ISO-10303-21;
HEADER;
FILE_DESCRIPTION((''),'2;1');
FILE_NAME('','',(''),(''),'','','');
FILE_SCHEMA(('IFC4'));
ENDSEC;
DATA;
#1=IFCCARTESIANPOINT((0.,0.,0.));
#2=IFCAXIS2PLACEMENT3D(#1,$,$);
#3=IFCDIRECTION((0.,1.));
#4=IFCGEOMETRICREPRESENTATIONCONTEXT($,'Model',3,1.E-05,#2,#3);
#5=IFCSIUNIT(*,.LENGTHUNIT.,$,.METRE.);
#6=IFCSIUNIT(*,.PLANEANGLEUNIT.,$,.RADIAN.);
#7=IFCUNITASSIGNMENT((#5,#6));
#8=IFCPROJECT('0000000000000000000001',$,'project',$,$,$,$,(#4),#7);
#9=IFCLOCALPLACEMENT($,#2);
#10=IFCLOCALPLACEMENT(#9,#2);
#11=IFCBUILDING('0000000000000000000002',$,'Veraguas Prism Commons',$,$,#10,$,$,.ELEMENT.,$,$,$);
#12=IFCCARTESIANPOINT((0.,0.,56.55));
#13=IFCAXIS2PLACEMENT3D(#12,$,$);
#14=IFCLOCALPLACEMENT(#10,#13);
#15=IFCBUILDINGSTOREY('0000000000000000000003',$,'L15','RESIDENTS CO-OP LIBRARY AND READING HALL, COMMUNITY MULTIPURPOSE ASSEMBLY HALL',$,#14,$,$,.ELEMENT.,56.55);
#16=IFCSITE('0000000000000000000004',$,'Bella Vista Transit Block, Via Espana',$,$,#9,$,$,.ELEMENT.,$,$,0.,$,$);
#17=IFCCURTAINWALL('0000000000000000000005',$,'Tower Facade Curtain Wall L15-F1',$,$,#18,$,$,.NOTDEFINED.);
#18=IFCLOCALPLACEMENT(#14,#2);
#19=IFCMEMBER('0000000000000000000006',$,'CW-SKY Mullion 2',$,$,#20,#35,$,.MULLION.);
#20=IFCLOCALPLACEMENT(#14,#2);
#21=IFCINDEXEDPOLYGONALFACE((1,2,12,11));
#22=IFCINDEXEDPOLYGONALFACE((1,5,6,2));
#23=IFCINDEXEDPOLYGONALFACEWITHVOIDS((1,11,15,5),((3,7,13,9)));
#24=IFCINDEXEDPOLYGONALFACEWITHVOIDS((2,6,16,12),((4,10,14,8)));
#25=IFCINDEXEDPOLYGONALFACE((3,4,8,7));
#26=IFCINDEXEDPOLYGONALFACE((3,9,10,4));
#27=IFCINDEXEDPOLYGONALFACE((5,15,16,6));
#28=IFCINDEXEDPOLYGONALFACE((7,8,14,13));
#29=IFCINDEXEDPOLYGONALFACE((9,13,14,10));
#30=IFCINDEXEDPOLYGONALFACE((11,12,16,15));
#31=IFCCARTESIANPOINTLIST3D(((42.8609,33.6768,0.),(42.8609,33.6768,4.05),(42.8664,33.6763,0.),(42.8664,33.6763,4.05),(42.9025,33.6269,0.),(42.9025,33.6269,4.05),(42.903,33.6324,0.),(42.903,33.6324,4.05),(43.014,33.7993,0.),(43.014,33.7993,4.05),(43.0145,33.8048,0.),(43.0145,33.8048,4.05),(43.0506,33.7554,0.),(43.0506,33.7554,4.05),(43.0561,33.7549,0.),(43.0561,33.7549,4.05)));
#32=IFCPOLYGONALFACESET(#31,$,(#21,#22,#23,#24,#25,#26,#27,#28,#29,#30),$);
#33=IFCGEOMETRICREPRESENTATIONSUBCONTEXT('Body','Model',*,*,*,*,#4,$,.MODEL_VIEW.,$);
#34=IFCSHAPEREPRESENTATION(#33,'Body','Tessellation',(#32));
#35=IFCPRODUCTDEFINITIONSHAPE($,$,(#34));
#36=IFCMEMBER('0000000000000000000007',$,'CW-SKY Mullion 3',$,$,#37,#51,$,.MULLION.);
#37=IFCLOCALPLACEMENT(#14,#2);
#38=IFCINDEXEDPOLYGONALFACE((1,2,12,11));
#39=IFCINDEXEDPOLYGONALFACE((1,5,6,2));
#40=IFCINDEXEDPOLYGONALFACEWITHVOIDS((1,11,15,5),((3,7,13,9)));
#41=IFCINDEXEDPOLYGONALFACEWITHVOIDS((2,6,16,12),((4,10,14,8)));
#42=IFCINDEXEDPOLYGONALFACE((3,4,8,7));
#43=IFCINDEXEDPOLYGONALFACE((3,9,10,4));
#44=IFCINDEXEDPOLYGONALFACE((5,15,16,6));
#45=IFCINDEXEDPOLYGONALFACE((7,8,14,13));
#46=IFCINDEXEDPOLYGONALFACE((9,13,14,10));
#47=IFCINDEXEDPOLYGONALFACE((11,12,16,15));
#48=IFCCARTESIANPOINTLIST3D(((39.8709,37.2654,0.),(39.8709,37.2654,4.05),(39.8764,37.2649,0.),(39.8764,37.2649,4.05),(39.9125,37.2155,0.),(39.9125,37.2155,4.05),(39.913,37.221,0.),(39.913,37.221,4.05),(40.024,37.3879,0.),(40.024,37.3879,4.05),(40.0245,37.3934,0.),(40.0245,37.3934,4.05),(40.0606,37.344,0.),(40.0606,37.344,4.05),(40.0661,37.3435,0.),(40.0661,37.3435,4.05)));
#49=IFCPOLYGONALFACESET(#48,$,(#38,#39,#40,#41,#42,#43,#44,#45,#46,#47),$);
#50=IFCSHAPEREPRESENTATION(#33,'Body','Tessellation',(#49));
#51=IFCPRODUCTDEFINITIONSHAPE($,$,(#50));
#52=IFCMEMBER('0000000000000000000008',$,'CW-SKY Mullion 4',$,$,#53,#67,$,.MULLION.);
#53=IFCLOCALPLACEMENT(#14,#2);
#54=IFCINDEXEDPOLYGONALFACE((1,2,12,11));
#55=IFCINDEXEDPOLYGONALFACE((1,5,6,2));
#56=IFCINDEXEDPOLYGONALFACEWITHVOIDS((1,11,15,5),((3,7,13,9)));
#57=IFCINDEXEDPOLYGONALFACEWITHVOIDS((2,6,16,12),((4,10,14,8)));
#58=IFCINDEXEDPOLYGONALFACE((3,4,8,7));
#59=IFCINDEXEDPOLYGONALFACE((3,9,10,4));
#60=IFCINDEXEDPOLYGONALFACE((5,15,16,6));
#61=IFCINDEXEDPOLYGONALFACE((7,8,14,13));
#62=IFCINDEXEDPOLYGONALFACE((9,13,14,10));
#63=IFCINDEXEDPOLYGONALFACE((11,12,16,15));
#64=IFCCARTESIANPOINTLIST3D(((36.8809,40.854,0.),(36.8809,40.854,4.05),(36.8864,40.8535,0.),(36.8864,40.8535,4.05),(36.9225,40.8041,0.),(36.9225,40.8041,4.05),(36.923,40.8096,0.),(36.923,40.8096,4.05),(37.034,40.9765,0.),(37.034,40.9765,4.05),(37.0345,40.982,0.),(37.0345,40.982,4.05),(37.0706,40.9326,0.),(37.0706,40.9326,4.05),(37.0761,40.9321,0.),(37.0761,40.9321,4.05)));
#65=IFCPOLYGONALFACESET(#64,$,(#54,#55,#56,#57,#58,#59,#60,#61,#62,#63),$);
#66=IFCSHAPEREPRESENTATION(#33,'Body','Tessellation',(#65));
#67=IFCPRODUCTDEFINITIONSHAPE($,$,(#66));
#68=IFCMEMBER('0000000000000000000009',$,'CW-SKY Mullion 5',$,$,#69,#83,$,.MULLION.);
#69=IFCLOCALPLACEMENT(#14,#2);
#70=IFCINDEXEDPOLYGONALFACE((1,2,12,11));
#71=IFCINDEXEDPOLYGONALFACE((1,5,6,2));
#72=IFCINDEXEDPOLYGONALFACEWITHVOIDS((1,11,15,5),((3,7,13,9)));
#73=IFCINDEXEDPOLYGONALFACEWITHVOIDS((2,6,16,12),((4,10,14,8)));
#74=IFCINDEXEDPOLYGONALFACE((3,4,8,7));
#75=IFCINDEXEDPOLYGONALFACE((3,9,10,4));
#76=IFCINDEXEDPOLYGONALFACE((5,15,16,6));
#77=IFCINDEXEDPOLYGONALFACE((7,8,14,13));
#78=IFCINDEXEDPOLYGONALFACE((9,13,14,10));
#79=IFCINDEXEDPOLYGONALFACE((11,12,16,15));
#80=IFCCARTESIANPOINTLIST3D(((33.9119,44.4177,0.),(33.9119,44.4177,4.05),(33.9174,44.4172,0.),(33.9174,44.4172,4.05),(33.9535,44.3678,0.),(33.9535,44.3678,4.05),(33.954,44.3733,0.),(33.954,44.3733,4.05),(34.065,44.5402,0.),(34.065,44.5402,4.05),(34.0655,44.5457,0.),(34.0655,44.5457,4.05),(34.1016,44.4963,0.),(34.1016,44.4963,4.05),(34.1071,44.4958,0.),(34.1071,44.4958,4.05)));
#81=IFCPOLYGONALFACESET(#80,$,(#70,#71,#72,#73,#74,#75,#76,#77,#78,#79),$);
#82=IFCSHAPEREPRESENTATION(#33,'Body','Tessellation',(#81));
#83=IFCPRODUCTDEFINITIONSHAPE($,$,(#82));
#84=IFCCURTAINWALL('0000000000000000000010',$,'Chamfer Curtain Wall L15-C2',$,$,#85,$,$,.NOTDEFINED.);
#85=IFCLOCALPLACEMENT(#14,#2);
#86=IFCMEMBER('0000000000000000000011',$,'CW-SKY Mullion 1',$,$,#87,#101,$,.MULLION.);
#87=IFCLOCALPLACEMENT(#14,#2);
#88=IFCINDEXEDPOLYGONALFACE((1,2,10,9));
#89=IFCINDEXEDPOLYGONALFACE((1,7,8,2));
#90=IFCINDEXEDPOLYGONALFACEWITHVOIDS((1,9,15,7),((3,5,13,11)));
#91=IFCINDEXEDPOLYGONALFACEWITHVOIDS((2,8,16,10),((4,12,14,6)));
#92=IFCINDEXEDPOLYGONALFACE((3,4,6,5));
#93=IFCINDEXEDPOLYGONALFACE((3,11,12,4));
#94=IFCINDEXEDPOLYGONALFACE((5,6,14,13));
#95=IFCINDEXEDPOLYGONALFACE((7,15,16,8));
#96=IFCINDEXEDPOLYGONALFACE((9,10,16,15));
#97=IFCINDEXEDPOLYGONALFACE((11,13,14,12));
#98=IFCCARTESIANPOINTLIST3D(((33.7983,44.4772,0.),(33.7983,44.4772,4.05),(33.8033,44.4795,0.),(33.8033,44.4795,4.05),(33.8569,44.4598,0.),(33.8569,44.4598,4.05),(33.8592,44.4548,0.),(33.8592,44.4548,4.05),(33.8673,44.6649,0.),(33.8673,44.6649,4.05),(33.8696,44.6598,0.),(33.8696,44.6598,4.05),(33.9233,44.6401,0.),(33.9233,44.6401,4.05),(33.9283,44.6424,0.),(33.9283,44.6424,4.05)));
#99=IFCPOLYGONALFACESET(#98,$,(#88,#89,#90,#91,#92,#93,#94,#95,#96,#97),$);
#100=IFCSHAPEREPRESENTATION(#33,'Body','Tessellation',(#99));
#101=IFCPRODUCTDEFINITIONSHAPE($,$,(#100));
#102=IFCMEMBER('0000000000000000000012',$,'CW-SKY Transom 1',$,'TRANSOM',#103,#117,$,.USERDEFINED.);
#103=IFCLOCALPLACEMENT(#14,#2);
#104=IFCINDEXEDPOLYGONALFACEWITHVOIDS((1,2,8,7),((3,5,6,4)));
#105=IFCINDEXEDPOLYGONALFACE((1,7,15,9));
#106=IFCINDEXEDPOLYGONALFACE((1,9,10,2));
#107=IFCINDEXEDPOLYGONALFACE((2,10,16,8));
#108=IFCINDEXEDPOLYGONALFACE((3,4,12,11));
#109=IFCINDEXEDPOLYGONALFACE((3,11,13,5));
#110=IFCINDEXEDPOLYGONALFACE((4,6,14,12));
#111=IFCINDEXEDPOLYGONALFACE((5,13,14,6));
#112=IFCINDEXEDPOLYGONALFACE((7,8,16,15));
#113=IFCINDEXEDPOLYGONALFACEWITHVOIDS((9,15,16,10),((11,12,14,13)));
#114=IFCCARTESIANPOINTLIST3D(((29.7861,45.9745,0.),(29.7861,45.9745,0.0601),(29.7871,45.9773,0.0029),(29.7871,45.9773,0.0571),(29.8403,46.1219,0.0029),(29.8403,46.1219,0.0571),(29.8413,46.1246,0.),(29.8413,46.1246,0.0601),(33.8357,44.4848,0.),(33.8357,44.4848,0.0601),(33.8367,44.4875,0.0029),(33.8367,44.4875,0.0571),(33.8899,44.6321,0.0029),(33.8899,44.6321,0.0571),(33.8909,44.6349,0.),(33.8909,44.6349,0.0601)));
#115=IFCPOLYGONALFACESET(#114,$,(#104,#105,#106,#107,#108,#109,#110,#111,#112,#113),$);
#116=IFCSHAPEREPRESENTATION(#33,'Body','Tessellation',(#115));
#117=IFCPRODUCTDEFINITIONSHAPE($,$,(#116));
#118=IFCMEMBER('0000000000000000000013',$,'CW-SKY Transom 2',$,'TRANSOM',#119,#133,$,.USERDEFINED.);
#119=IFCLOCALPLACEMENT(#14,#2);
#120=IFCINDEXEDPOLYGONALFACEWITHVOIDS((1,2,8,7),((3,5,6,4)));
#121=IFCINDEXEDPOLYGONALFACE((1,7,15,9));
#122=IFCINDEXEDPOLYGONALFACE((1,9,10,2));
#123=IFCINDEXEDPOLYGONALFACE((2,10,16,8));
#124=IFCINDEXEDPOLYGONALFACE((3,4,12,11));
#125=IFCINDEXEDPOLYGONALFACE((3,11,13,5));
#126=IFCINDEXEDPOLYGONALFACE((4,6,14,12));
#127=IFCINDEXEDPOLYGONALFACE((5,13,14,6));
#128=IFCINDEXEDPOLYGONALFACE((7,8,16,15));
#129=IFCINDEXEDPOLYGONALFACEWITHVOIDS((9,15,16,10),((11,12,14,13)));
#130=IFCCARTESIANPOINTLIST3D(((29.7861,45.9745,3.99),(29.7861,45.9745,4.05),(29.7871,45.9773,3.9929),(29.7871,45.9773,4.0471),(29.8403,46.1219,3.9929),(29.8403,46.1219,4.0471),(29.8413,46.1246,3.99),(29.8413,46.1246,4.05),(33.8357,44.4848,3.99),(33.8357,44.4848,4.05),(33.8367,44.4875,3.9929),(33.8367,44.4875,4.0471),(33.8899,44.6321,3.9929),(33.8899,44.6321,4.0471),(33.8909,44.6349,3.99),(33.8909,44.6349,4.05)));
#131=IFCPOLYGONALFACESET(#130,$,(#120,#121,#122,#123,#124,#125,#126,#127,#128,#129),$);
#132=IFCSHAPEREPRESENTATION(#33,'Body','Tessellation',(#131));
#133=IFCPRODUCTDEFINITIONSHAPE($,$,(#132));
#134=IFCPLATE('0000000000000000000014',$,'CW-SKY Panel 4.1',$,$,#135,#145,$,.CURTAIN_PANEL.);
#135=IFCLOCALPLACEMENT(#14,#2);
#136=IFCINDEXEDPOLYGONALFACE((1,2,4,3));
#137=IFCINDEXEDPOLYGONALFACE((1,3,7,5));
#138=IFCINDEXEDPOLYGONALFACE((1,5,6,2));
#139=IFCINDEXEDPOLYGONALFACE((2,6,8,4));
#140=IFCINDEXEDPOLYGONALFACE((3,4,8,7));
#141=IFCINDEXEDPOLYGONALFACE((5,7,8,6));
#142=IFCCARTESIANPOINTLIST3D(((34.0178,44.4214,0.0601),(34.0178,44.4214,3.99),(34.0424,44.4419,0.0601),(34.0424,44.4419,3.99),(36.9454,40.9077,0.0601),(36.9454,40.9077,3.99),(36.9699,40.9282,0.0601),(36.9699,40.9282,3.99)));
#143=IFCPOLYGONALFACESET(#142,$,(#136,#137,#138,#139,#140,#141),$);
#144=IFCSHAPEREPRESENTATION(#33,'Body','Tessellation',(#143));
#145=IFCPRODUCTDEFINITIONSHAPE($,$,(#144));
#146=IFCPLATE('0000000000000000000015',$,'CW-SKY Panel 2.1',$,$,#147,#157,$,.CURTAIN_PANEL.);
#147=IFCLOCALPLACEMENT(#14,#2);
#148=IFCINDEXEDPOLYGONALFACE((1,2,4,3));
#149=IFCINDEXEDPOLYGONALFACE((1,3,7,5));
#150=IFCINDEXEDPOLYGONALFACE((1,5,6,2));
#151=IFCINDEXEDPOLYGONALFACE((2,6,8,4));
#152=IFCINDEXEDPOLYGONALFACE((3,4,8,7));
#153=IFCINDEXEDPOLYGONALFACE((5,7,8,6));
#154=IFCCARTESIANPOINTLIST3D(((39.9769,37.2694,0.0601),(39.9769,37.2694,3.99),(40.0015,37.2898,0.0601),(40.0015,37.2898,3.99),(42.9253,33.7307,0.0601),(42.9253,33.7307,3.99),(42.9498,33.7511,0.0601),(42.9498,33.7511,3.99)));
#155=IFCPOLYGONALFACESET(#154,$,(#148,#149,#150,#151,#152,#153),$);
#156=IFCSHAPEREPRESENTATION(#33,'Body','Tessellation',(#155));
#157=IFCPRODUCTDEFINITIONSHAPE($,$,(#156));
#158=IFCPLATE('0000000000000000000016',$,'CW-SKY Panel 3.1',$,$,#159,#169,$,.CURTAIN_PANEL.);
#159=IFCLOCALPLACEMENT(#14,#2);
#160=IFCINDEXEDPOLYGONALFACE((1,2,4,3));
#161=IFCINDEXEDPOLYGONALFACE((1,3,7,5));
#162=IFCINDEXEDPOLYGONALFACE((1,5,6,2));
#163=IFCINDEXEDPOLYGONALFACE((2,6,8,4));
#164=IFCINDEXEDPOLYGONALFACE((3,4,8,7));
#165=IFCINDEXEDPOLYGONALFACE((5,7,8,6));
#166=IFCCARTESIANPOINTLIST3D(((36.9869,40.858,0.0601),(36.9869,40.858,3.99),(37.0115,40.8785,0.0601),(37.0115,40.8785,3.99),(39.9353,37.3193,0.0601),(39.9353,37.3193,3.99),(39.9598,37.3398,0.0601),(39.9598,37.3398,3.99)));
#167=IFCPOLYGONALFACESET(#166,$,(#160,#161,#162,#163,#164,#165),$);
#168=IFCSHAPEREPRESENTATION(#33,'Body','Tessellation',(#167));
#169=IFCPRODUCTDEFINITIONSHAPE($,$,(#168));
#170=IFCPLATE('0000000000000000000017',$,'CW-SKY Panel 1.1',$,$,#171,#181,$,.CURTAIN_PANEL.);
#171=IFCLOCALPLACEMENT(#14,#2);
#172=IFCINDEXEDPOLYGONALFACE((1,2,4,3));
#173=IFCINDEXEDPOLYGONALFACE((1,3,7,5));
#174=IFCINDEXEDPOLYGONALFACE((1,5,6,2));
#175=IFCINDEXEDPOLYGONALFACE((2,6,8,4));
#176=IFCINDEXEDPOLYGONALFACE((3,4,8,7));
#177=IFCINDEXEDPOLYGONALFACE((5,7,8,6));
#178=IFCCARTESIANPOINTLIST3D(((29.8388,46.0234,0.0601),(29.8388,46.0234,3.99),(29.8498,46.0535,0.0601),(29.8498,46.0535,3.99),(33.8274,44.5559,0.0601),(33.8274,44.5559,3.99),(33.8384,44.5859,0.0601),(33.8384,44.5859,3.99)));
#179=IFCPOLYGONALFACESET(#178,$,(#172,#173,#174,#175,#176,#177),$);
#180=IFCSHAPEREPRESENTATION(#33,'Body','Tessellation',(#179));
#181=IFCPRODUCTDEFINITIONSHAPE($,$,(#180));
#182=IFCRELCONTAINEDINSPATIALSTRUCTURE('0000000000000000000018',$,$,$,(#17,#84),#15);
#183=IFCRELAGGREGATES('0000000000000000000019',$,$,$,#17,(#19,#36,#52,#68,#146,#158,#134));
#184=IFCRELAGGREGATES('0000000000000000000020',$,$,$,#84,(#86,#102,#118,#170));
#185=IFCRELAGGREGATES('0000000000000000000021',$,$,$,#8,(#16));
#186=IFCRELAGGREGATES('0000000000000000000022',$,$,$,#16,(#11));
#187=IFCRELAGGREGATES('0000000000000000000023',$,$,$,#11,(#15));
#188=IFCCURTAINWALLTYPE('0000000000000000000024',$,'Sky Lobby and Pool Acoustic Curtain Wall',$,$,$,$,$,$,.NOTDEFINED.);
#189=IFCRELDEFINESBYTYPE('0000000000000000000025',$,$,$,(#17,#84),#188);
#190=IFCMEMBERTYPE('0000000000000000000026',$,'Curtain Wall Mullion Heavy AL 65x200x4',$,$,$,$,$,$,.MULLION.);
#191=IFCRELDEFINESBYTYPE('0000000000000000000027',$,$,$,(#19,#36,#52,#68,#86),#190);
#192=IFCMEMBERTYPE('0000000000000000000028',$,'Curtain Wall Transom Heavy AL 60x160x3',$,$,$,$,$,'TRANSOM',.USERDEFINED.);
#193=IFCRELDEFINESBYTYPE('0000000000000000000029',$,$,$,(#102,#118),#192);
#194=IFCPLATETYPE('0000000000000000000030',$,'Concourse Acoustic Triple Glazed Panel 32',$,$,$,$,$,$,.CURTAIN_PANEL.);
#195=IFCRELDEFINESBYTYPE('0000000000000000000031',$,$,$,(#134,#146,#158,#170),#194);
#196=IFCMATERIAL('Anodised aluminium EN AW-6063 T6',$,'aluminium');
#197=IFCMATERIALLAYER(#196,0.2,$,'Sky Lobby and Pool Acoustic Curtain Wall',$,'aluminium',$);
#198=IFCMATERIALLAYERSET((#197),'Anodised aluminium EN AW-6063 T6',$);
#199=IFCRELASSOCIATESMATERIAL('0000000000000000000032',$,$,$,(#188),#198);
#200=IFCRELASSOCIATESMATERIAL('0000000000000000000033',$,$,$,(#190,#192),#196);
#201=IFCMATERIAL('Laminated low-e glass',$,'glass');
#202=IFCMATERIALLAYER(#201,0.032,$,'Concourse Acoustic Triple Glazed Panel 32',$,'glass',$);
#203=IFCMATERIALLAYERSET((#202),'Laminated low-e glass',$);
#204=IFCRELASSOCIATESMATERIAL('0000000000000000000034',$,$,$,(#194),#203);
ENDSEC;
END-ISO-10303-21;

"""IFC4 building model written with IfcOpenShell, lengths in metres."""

from ifc_helpers import new_model, si_unit, direction, frame, origin, origin_2d, place, context, subcontext, project, spatial, rectangle, hollow_rectangle, extrude, source, transform, mapped, material, layer, layer_set, material_profile, profile_set, type_object, element, aggregate, save


model = new_model("IFC4")

# Units and contexts
model_context = context("Model", 3, precision=1e-05, world=origin(), true_north=direction((0.0, 1.0)))
body_context = subcontext(model_context, "Body", "Model", "MODEL_VIEW")
ifc_project = project(units=[si_unit("LENGTHUNIT", "METRE"), si_unit("PLANEANGLEUNIT", "RADIAN")], contexts=[model_context])

# Site, building, storey
site_placement = place(None, origin())
site = spatial("IfcSite", under=ifc_project, at=site_placement, Name="Bella Vista Transit Block, Via Espana", CompositionType="ELEMENT", RefElevation=0.0)
building_placement = place(site_placement, origin())
building = spatial("IfcBuilding", under=site, at=building_placement, Name="Veraguas Prism Commons", CompositionType="ELEMENT")
storey_placement = place(building_placement, frame((0.0, 0.0, 56.55)))
storey = spatial("IfcBuildingStorey", under=building, at=storey_placement, Name="L15", Description="RESIDENTS CO-OP LIBRARY AND READING HALL, COMMUNITY MULTIPURPOSE ASSEMBLY HALL", CompositionType="ELEMENT", Elevation=56.55)

# Curtain walls, members
ifc_material_1 = material(Name="Anodised aluminium EN AW-6063 T6", Category="aluminium")
ifc_layer_1 = layer(ifc_material_1, 0.2, Name="Sky Lobby and Pool Acoustic Curtain Wall", Category="aluminium")
ifc_layer_set_1 = layer_set([ifc_layer_1], Name="Anodised aluminium EN AW-6063 T6")
curtain_wall_type = type_object("IfcCurtainWallType", Name="Sky Lobby and Pool Acoustic Curtain Wall", PredefinedType="NOTDEFINED", material=ifc_layer_set_1)
curtain_wall_1_placement = place(storey_placement, origin())
curtain_wall_1 = element("IfcCurtainWall", 1, at=curtain_wall_1_placement, inside=storey, type_object=curtain_wall_type, Name="Tower Facade Curtain Wall L15-F1", PredefinedType="NOTDEFINED")
ifc_material_profile_1 = material_profile(ifc_material_1, hollow_rectangle(XDim=0.0649, YDim=0.2, WallThickness=0.0039, at=origin_2d()), Name="AL65X200X4")
ifc_profile_set_1 = profile_set([ifc_material_profile_1], Name="Anodised aluminium EN AW-6063 T6")
member_type_1 = type_object("IfcMemberType", Name="Curtain Wall Mullion Heavy AL 65x200x4", PredefinedType="MULLION", material=ifc_profile_set_1)
shared_shape_1 = source(origin(), body_context, "Body", "SweptSolid", [
    extrude(hollow_rectangle(XDim=0.0649, YDim=0.2, WallThickness=0.0039, at=origin_2d()), origin(), (0.0, 0.0, 1.0), 4.05),
])
member_1_placement = place(storey_placement, frame((42.9585, 33.7158, 0.0), z_axis=(0.0, 0.0, 1.0), x_axis=(-0.64011, 0.768284, 0.0)))
member_1 = element("IfcMember", 2, at=member_1_placement, type_object=member_type_1, Name="CW-SKY Mullion 2", PredefinedType="MULLION", context=body_context, shape_type="MappedRepresentation", body=[
    mapped(shared_shape_1, transform((0.0, 0.0, 0.0), scale=1.0)),
])
member_2_placement = place(storey_placement, frame((39.9685, 37.3044, 0.0), z_axis=(0.0, 0.0, 1.0), x_axis=(-0.64011, 0.768284, 0.0)))
member_2 = element("IfcMember", 3, at=member_2_placement, type_object=member_type_1, Name="CW-SKY Mullion 3", PredefinedType="MULLION", context=body_context, shape_type="MappedRepresentation", body=[
    mapped(shared_shape_1, transform((0.0, 0.0, 0.0), scale=1.0)),
])
member_3_placement = place(storey_placement, frame((36.9785, 40.8931, 0.0), z_axis=(0.0, 0.0, 1.0), x_axis=(-0.64011, 0.768284, 0.0)))
member_3 = element("IfcMember", 4, at=member_3_placement, type_object=member_type_1, Name="CW-SKY Mullion 4", PredefinedType="MULLION", context=body_context, shape_type="MappedRepresentation", body=[
    mapped(shared_shape_1, transform((0.0, 0.0, 0.0), scale=1.0)),
])
member_4_placement = place(storey_placement, frame((34.0095, 44.4568, 0.0), z_axis=(0.0, 0.0, 1.0), x_axis=(-0.64011, 0.768284, 0.0)))
member_4 = element("IfcMember", 5, at=member_4_placement, type_object=member_type_1, Name="CW-SKY Mullion 5", PredefinedType="MULLION", context=body_context, shape_type="MappedRepresentation", body=[
    mapped(shared_shape_1, transform((0.0, 0.0, 0.0), scale=1.0)),
])
curtain_wall_2_placement = place(storey_placement, origin())
curtain_wall_2 = element("IfcCurtainWall", 6, at=curtain_wall_2_placement, inside=storey, type_object=curtain_wall_type, Name="Chamfer Curtain Wall L15-C2", PredefinedType="NOTDEFINED")
member_5_placement = place(storey_placement, frame((33.8633, 44.5598, 0.0), z_axis=(0.0, 0.0, 1.0), x_axis=(-0.938494, 0.345297, 0.0)))
member_5 = element("IfcMember", 7, at=member_5_placement, type_object=member_type_1, Name="CW-SKY Mullion 1", PredefinedType="MULLION", context=body_context, shape_type="MappedRepresentation", body=[
    mapped(shared_shape_1, transform((0.0, 0.0, 0.0), scale=1.0)),
])
ifc_material_profile_2 = material_profile(ifc_material_1, hollow_rectangle(XDim=0.0601, YDim=0.1599, WallThickness=0.0029, at=origin_2d()), Name="AL60X160X3")
ifc_profile_set_2 = profile_set([ifc_material_profile_2], Name="Anodised aluminium EN AW-6063 T6")
member_type_2 = type_object("IfcMemberType", Name="Curtain Wall Transom Heavy AL 60x160x3", ElementType="TRANSOM", PredefinedType="USERDEFINED", material=ifc_profile_set_2)
shared_shape_2 = source(origin(), body_context, "Body", "SweptSolid", [
    extrude(hollow_rectangle(XDim=0.0601, YDim=0.1599, WallThickness=0.0029, at=origin_2d()), origin(), (0.0, 0.0, 1.0), 4.3149),
])
member_6_placement = place(storey_placement, frame((33.8633, 44.5598, 0.03), z_axis=(-0.938508, 0.345257, 0.0), x_axis=(0.0, 0.0, 1.0)))
member_6 = element("IfcMember", 8, at=member_6_placement, type_object=member_type_2, Name="CW-SKY Transom 1", ObjectType="TRANSOM", PredefinedType="USERDEFINED", context=body_context, shape_type="MappedRepresentation", body=[
    mapped(shared_shape_2, transform((0.0, 0.0, 0.0), scale=1.0)),
])
member_7_placement = place(storey_placement, frame((33.8633, 44.5598, 4.02), z_axis=(-0.938508, 0.345257, 0.0), x_axis=(0.0, 0.0, 1.0)))
member_7 = element("IfcMember", 9, at=member_7_placement, type_object=member_type_2, Name="CW-SKY Transom 2", ObjectType="TRANSOM", PredefinedType="USERDEFINED", context=body_context, shape_type="MappedRepresentation", body=[
    mapped(shared_shape_2, transform((0.0, 0.0, 0.0), scale=1.0)),
])

# Plates
ifc_material_2 = material(Name="Laminated low-e glass", Category="glass")
ifc_layer_2 = layer(ifc_material_2, 0.032, Name="Concourse Acoustic Triple Glazed Panel 32", Category="glass")
ifc_layer_set_2 = layer_set([ifc_layer_2], Name="Laminated low-e glass")
plate_type = type_object("IfcPlateType", Name="Concourse Acoustic Triple Glazed Panel 32", PredefinedType="CURTAIN_PANEL", material=ifc_layer_set_2)
shared_shape_3 = source(origin(), body_context, "Body", "SweptSolid", [
    extrude(rectangle(XDim=4.5735, YDim=0.032, at=origin_2d()), origin(), (0.0, 0.0, 1.0), 3.9299),
])
plate_1_placement = place(storey_placement, frame((35.4939, 42.6748, 0.0601), z_axis=(0.0, 0.0, 1.0), x_axis=(-0.64011, 0.768284, 0.0)))
plate_1 = element("IfcPlate", 10, at=plate_1_placement, type_object=plate_type, Name="CW-SKY Panel 4.1", PredefinedType="CURTAIN_PANEL", context=body_context, shape_type="MappedRepresentation", body=[
    mapped(shared_shape_3, transform((0.0, 0.0, 0.0), scale=1.0)),
])
shared_shape_4 = source(origin(), body_context, "Body", "SweptSolid", [
    extrude(rectangle(XDim=4.606, YDim=0.032, at=origin_2d()), origin(), (0.0, 0.0, 1.0), 3.9299),
])
plate_2_placement = place(storey_placement, frame((41.4634, 35.5103, 0.0601), z_axis=(0.0, 0.0, 1.0), x_axis=(-0.64011, 0.768284, 0.0)))
plate_2 = element("IfcPlate", 11, at=plate_2_placement, type_object=plate_type, Name="CW-SKY Panel 2.1", PredefinedType="CURTAIN_PANEL", context=body_context, shape_type="MappedRepresentation", body=[
    mapped(shared_shape_4, transform((0.0, 0.0, 0.0), scale=1.0)),
])
plate_3_placement = place(storey_placement, frame((38.4734, 39.0989, 0.0601), z_axis=(0.0, 0.0, 1.0), x_axis=(-0.64011, 0.768284, 0.0)))
plate_3 = element("IfcPlate", 12, at=plate_3_placement, type_object=plate_type, Name="CW-SKY Panel 3.1", PredefinedType="CURTAIN_PANEL", context=body_context, shape_type="MappedRepresentation", body=[
    mapped(shared_shape_4, transform((0.0, 0.0, 0.0), scale=1.0)),
])
aggregate(curtain_wall_1, [member_1, member_2, member_3, member_4, plate_2, plate_3, plate_1])
shared_shape_5 = source(origin(), body_context, "Body", "SweptSolid", [
    extrude(rectangle(XDim=4.25, YDim=0.032, at=origin_2d()), origin(), (0.0, 0.0, 1.0), 3.9299),
])
plate_4_placement = place(storey_placement, frame((31.8386, 45.3047, 0.0601), z_axis=(0.0, 0.0, 1.0), x_axis=(-0.938494, 0.345297, 0.0)))
plate_4 = element("IfcPlate", 13, at=plate_4_placement, type_object=plate_type, Name="CW-SKY Panel 1.1", PredefinedType="CURTAIN_PANEL", context=body_context, shape_type="MappedRepresentation", body=[
    mapped(shared_shape_5, transform((0.0, 0.0, 0.0), scale=1.0)),
])
aggregate(curtain_wall_2, [member_5, member_6, member_7, plate_4])

save(model, "model.ifc")
